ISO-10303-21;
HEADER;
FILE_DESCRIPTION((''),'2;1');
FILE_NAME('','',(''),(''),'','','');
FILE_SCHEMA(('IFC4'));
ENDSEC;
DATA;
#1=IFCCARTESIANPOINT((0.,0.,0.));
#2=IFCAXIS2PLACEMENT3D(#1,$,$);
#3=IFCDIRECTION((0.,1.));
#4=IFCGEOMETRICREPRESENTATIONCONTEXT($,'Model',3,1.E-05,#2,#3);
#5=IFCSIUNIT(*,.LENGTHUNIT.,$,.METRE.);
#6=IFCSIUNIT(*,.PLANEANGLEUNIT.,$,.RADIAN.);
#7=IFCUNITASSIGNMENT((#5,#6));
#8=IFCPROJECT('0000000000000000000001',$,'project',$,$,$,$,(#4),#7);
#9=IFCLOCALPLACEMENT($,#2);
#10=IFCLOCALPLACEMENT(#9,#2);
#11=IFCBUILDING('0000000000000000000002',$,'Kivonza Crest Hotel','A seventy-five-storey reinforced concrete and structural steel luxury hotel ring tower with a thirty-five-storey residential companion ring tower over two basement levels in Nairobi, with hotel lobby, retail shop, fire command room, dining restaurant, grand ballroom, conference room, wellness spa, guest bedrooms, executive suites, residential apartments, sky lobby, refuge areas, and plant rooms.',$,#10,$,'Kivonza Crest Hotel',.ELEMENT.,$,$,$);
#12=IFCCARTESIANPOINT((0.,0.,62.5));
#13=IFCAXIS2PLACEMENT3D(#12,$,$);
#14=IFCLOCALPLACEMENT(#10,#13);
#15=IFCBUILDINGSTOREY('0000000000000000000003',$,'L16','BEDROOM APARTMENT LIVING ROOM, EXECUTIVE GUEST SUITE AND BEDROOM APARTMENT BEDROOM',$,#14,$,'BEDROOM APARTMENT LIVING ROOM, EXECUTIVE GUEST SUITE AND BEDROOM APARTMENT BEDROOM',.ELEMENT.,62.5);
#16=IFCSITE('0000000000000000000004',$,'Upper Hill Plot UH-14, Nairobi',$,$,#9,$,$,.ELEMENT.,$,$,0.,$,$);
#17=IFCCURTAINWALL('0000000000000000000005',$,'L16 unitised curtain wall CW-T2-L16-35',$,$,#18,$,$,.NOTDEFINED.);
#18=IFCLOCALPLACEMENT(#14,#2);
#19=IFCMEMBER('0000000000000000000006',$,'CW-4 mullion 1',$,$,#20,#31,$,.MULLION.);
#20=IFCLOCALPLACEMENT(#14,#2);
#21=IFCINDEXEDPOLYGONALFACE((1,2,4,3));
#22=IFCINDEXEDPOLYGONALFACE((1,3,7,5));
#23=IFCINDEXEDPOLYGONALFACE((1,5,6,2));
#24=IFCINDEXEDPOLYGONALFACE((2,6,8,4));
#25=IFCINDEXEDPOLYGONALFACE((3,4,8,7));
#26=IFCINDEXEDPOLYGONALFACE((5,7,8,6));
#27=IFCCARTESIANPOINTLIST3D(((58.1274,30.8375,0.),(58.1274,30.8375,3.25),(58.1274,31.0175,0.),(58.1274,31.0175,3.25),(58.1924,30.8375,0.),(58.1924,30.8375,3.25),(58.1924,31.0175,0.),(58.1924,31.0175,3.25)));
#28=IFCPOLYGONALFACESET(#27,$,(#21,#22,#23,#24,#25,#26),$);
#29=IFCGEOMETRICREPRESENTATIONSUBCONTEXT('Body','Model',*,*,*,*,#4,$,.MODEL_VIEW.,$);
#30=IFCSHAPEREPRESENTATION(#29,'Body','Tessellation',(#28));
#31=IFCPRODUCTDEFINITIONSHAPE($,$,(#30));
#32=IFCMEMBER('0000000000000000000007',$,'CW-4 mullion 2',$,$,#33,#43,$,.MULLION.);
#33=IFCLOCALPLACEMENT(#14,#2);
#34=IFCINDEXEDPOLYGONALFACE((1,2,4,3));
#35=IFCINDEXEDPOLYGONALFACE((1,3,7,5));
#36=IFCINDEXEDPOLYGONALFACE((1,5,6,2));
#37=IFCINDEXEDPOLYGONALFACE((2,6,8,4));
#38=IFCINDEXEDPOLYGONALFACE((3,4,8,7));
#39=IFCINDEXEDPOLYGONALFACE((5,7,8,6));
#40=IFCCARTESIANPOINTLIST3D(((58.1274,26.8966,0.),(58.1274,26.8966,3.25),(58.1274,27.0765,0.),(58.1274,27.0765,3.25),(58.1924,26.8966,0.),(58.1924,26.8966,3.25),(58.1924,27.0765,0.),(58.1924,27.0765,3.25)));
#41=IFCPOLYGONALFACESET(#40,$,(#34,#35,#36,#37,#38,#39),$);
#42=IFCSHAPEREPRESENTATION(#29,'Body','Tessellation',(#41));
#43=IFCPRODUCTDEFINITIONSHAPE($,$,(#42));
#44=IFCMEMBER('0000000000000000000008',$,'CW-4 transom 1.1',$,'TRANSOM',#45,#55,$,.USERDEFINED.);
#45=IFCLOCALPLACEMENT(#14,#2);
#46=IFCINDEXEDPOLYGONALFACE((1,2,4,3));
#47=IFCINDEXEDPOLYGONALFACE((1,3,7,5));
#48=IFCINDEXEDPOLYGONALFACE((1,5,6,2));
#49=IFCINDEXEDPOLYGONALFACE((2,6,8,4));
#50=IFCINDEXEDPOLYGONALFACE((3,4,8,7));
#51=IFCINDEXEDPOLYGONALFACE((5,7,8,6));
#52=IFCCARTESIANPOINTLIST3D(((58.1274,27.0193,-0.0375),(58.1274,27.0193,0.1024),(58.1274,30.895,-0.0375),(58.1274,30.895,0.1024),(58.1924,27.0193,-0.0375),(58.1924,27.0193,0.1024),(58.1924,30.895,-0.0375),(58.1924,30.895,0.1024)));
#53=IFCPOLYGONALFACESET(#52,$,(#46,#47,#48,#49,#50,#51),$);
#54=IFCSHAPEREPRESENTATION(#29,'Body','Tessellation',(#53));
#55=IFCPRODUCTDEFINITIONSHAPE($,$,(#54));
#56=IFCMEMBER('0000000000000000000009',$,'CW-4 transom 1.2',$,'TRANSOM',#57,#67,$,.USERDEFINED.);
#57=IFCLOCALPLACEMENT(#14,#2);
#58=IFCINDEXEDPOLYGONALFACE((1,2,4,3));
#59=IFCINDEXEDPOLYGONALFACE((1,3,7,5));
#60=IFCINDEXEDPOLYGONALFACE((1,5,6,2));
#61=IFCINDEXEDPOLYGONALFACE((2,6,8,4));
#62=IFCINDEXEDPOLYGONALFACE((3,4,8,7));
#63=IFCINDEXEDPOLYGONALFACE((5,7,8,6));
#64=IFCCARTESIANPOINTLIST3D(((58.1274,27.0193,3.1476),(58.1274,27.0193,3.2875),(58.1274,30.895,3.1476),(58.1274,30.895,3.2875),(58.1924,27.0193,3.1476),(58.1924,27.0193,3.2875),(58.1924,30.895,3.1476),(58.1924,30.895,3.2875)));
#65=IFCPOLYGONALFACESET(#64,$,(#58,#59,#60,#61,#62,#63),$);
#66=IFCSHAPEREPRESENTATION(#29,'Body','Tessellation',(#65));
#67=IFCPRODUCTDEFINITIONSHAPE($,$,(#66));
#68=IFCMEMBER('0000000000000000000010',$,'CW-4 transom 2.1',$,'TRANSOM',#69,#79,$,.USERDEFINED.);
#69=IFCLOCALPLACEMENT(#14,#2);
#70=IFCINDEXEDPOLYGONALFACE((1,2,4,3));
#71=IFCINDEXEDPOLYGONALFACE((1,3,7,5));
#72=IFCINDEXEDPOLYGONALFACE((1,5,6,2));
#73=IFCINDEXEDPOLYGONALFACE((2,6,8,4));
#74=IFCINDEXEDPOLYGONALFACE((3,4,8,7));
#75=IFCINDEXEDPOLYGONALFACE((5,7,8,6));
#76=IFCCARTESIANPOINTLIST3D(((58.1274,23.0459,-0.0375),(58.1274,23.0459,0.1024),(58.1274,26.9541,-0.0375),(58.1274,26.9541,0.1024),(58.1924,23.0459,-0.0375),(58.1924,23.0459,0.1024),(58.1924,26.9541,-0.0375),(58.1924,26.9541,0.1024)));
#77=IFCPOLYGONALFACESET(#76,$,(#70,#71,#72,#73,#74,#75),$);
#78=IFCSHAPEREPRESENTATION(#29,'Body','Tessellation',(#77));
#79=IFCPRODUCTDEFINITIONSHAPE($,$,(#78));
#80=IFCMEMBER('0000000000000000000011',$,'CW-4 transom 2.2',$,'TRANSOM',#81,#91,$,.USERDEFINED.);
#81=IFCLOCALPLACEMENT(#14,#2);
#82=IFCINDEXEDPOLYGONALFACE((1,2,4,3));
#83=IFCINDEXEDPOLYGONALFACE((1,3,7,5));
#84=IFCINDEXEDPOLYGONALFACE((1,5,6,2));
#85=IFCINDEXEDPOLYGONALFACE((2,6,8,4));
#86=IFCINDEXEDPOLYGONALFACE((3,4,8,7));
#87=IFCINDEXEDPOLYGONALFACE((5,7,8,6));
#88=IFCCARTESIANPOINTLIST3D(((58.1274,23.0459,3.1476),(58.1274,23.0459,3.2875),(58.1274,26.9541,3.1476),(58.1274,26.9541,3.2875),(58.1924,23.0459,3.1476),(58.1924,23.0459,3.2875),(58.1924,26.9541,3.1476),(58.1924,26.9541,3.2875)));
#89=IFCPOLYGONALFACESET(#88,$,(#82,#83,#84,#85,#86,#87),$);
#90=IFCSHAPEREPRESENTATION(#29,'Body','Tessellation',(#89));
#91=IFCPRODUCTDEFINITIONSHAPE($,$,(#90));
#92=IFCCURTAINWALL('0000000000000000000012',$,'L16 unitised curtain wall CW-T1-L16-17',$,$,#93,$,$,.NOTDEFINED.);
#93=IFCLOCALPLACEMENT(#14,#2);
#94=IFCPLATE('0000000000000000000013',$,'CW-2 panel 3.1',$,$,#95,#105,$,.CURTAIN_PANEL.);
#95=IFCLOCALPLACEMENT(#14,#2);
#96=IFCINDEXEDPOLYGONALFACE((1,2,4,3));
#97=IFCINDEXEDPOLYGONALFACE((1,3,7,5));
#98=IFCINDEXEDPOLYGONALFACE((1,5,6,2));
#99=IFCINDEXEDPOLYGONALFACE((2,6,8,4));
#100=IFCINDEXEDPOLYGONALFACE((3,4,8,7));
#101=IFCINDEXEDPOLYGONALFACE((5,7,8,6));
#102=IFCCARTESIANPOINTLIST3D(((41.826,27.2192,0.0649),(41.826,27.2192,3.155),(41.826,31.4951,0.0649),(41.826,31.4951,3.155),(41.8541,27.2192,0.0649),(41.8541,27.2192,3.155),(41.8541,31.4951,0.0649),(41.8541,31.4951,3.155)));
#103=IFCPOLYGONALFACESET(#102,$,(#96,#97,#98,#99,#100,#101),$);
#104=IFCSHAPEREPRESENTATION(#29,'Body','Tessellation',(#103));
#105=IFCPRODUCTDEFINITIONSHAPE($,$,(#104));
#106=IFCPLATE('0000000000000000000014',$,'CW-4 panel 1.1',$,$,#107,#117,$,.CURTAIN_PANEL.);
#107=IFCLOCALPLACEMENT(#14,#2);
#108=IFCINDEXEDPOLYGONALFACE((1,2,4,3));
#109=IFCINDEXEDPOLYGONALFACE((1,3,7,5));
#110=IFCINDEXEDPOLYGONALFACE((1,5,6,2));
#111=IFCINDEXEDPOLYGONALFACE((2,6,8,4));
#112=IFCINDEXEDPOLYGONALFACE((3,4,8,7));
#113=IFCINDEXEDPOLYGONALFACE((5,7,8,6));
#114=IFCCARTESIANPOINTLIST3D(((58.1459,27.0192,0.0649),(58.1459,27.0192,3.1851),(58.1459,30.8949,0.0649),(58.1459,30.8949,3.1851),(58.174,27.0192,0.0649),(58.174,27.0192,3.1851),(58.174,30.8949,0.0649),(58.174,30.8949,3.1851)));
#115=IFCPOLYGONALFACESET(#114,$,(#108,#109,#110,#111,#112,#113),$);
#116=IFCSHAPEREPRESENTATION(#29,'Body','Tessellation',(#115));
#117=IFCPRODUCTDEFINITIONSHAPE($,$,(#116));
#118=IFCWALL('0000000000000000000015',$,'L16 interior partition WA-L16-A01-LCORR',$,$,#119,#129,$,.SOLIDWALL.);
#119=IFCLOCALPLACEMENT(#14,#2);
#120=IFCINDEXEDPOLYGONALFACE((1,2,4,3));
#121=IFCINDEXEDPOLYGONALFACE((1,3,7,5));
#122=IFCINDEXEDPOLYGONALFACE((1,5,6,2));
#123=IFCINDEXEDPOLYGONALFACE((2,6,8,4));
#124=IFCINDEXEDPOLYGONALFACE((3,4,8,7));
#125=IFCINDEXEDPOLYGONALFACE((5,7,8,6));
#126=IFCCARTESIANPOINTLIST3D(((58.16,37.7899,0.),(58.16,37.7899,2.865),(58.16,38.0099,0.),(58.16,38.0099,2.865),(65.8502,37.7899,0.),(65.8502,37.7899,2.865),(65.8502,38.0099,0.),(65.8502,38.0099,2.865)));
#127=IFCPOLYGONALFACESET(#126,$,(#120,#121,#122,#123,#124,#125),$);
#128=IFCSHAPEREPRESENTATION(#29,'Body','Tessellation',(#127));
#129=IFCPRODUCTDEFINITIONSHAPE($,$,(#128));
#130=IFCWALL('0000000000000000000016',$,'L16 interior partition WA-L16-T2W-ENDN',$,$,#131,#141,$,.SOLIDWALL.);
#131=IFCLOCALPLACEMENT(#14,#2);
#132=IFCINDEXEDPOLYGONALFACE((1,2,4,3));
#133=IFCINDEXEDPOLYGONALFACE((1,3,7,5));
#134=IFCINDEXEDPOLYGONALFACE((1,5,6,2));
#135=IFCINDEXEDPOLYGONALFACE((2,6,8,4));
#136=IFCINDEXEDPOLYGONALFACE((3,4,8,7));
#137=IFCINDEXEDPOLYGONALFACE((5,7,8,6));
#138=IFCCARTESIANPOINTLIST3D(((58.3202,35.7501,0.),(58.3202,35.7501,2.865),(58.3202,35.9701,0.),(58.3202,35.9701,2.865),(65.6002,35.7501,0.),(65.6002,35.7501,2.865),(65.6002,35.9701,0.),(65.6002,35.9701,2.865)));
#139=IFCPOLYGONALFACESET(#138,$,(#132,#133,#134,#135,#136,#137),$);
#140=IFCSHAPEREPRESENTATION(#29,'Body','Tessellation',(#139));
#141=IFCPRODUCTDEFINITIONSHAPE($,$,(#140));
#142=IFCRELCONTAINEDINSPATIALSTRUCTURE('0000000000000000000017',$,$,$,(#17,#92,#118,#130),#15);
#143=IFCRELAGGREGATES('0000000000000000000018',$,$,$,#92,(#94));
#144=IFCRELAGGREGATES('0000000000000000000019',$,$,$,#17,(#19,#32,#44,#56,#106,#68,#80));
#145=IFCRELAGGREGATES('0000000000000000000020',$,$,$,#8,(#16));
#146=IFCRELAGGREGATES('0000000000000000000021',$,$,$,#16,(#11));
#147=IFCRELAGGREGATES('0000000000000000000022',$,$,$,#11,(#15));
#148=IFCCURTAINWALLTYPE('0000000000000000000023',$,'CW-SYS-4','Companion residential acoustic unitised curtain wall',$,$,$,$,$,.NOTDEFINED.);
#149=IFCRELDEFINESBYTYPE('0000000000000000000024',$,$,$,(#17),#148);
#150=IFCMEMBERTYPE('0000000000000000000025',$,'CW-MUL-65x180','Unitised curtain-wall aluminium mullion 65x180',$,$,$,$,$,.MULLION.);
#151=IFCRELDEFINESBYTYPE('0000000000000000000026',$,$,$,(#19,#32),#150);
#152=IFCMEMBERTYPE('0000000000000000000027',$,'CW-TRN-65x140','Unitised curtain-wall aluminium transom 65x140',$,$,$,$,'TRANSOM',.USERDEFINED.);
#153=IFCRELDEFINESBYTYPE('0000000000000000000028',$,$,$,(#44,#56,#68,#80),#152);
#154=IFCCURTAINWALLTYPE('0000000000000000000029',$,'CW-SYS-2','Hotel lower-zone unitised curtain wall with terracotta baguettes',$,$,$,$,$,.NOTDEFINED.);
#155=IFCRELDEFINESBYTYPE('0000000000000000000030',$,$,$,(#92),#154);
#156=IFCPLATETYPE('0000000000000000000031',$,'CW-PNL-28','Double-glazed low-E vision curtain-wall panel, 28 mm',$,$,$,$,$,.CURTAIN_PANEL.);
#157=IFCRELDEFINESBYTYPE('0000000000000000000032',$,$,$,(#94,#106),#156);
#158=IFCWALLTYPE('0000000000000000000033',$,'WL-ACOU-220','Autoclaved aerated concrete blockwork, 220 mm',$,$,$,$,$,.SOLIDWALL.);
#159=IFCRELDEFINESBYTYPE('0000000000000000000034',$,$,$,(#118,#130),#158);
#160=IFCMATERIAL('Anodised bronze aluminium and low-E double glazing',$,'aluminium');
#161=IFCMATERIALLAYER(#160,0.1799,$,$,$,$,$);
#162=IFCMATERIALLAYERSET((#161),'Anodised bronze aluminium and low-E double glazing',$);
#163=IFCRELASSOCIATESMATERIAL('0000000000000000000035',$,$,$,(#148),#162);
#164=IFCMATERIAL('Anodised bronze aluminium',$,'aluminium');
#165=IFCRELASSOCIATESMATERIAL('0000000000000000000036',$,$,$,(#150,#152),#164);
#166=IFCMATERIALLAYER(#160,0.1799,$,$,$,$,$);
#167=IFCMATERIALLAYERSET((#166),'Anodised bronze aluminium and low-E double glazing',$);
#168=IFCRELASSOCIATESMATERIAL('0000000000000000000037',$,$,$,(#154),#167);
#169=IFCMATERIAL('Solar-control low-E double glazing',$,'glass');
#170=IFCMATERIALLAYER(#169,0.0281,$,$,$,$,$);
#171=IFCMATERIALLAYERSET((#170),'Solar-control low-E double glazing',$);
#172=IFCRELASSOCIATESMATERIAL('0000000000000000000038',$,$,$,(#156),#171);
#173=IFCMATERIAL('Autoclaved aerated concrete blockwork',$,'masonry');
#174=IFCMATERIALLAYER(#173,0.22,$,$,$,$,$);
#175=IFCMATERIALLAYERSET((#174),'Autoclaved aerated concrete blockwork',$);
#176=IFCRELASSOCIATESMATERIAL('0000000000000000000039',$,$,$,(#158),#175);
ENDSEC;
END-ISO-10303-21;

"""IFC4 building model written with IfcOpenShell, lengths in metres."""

from ifc_helpers import new_model, si_unit, direction, frame, frame_2d, origin, origin_2d, place, context, subcontext, project, spatial, rectangle, extrude, material, layer, layer_set, material_profile, profile_set, type_object, element, aggregate, save


model = new_model("IFC4")

# Units and contexts
model_context = context("Model", 3, precision=1e-05, world=origin(), true_north=direction((0.0, 1.0)))
body_context = subcontext(model_context, "Body", "Model", "MODEL_VIEW")
ifc_project = project(units=[si_unit("LENGTHUNIT", "METRE"), si_unit("PLANEANGLEUNIT", "RADIAN")], contexts=[model_context])

# Site, building, storey
site_placement = place(None, origin())
site = spatial("IfcSite", under=ifc_project, at=site_placement, Name="Upper Hill Plot UH-14, Nairobi", CompositionType="ELEMENT", RefElevation=0.0)
building_placement = place(site_placement, origin())
building = spatial("IfcBuilding", under=site, at=building_placement, Name="Kivonza Crest Hotel", Description="A seventy-five-storey reinforced concrete and structural steel luxury hotel ring tower with a thirty-five-storey residential companion ring tower over two basement levels in Nairobi, with hotel lobby, retail shop, fire command room, dining restaurant, grand ballroom, conference room, wellness spa, guest bedrooms, executive suites, residential apartments, sky lobby, refuge areas, and plant rooms.", LongName="Kivonza Crest Hotel", CompositionType="ELEMENT")
storey_placement = place(building_placement, frame((0.0, 0.0, 62.5)))
storey = spatial("IfcBuildingStorey", under=building, at=storey_placement, Name="L16", Description="BEDROOM APARTMENT LIVING ROOM, EXECUTIVE GUEST SUITE AND BEDROOM APARTMENT BEDROOM", LongName="BEDROOM APARTMENT LIVING ROOM, EXECUTIVE GUEST SUITE AND BEDROOM APARTMENT BEDROOM", CompositionType="ELEMENT", Elevation=62.5)

# Curtain wall, members
ifc_material_1 = material(Name="Anodised bronze aluminium and low-E double glazing", Category="aluminium")
ifc_layer_1 = layer(ifc_material_1, 0.1799)
ifc_layer_set_1 = layer_set([ifc_layer_1], Name="Anodised bronze aluminium and low-E double glazing")
curtain_wall_type_1 = type_object("IfcCurtainWallType", Name="CW-SYS-4", Description="Companion residential acoustic unitised curtain wall", PredefinedType="NOTDEFINED", material=ifc_layer_set_1)
curtain_wall_1_placement = place(storey_placement, origin())
curtain_wall_1 = element("IfcCurtainWall", 1, at=curtain_wall_1_placement, inside=storey, type_object=curtain_wall_type_1, Name="L16 unitised curtain wall CW-T2-L16-35", PredefinedType="NOTDEFINED")
ifc_material_2 = material(Name="Anodised bronze aluminium", Category="aluminium")
ifc_material_profile_1 = material_profile(ifc_material_2, rectangle(XDim=0.0649, YDim=0.1799, at=origin_2d()), Name="CW-M 65x180")
ifc_profile_set_1 = profile_set([ifc_material_profile_1], Name="Anodised bronze aluminium")
member_type_1 = type_object("IfcMemberType", Name="CW-MUL-65x180", Description="Unitised curtain-wall aluminium mullion 65x180", PredefinedType="MULLION", material=ifc_profile_set_1)
member_1_placement = place(storey_placement, frame((58.1599, 30.9275, 0.0), z_axis=(0.0, 0.0, 1.0), x_axis=(1.0, 0.0, 0.0)))
member_1 = element("IfcMember", 2, at=member_1_placement, type_object=member_type_1, Name="CW-4 mullion 1", PredefinedType="MULLION", context=body_context, shape_type="SweptSolid", body=[
    extrude(rectangle(XDim=0.0649, YDim=0.1799, at=origin_2d()), origin(), (0.0, 0.0, 1.0), 3.25),
])
member_2_placement = place(storey_placement, frame((58.1599, 26.9866, 0.0), z_axis=(0.0, 0.0, 1.0), x_axis=(1.0, 0.0, 0.0)))
member_2 = element("IfcMember", 3, at=member_2_placement, type_object=member_type_1, Name="CW-4 mullion 2", PredefinedType="MULLION", context=body_context, shape_type="SweptSolid", body=[
    extrude(rectangle(XDim=0.0649, YDim=0.1799, at=origin_2d()), origin(), (0.0, 0.0, 1.0), 3.25),
])
ifc_material_profile_2 = material_profile(ifc_material_2, rectangle(XDim=0.0649, YDim=0.1399, at=origin_2d()), Name="CW-T 65x140")
ifc_profile_set_2 = profile_set([ifc_material_profile_2], Name="Anodised bronze aluminium")
member_type_2 = type_object("IfcMemberType", Name="CW-TRN-65x140", Description="Unitised curtain-wall aluminium transom 65x140", ElementType="TRANSOM", PredefinedType="USERDEFINED", material=ifc_profile_set_2)
member_3_placement = place(storey_placement, frame((58.1599, 30.895, 0.0325), z_axis=(0.0, -1.0, 0.0), x_axis=(1.0, 0.0, 0.0)))
member_3 = element("IfcMember", 4, at=member_3_placement, type_object=member_type_2, Name="CW-4 transom 1.1", ObjectType="TRANSOM", PredefinedType="USERDEFINED", context=body_context, shape_type="SweptSolid", body=[
    extrude(rectangle(XDim=0.0649, YDim=0.1399, at=origin_2d()), origin(), (0.0, 0.0, 1.0), 3.8757),
])
member_4_placement = place(storey_placement, frame((58.1599, 30.895, 3.2175), z_axis=(0.0, -1.0, 0.0), x_axis=(1.0, 0.0, 0.0)))
member_4 = element("IfcMember", 5, at=member_4_placement, type_object=member_type_2, Name="CW-4 transom 1.2", ObjectType="TRANSOM", PredefinedType="USERDEFINED", context=body_context, shape_type="SweptSolid", body=[
    extrude(rectangle(XDim=0.0649, YDim=0.1399, at=origin_2d()), origin(), (0.0, 0.0, 1.0), 3.8757),
])
member_5_placement = place(storey_placement, frame((58.1599, 26.9541, 0.0325), z_axis=(0.0, -1.0, 0.0), x_axis=(1.0, 0.0, 0.0)))
member_5 = element("IfcMember", 6, at=member_5_placement, type_object=member_type_2, Name="CW-4 transom 2.1", ObjectType="TRANSOM", PredefinedType="USERDEFINED", context=body_context, shape_type="SweptSolid", body=[
    extrude(rectangle(XDim=0.0649, YDim=0.1399, at=origin_2d()), origin(), (0.0, 0.0, 1.0), 3.9082),
])
member_6_placement = place(storey_placement, frame((58.1599, 26.9541, 3.2175), z_axis=(0.0, -1.0, 0.0), x_axis=(1.0, 0.0, 0.0)))
member_6 = element("IfcMember", 7, at=member_6_placement, type_object=member_type_2, Name="CW-4 transom 2.2", ObjectType="TRANSOM", PredefinedType="USERDEFINED", context=body_context, shape_type="SweptSolid", body=[
    extrude(rectangle(XDim=0.0649, YDim=0.1399, at=origin_2d()), origin(), (0.0, 0.0, 1.0), 3.9082),
])

# Curtain wall, plate
ifc_layer_2 = layer(ifc_material_1, 0.1799)
ifc_layer_set_2 = layer_set([ifc_layer_2], Name="Anodised bronze aluminium and low-E double glazing")
curtain_wall_type_2 = type_object("IfcCurtainWallType", Name="CW-SYS-2", Description="Hotel lower-zone unitised curtain wall with terracotta baguettes", PredefinedType="NOTDEFINED", material=ifc_layer_set_2)
curtain_wall_2_placement = place(storey_placement, origin())
curtain_wall_2 = element("IfcCurtainWall", 8, at=curtain_wall_2_placement, inside=storey, type_object=curtain_wall_type_2, Name="L16 unitised curtain wall CW-T1-L16-17", PredefinedType="NOTDEFINED")
ifc_material_3 = material(Name="Solar-control low-E double glazing", Category="glass")
ifc_layer_3 = layer(ifc_material_3, 0.0281)
ifc_layer_set_3 = layer_set([ifc_layer_3], Name="Solar-control low-E double glazing")
plate_type = type_object("IfcPlateType", Name="CW-PNL-28", Description="Double-glazed low-E vision curtain-wall panel, 28 mm", PredefinedType="CURTAIN_PANEL", material=ifc_layer_set_3)
plate_1_placement = place(storey_placement, frame((41.8401, 29.3572, 0.0649), z_axis=(0.0, 0.0, 1.0), x_axis=(0.0, 1.0, 0.0)))
plate_1 = element("IfcPlate", 9, at=plate_1_placement, type_object=plate_type, Name="CW-2 panel 3.1", PredefinedType="CURTAIN_PANEL", context=body_context, shape_type="SweptSolid", body=[
    extrude(rectangle(XDim=4.2759, YDim=0.0281, at=origin_2d()), origin(), (0.0, 0.0, 1.0), 3.0901),
])
aggregate(curtain_wall_2, [plate_1])

# Plate
plate_2_placement = place(storey_placement, frame((58.1599, 28.957, 0.0649), z_axis=(0.0, 0.0, 1.0), x_axis=(0.0, -1.0, 0.0)))
plate_2 = element("IfcPlate", 10, at=plate_2_placement, type_object=plate_type, Name="CW-4 panel 1.1", PredefinedType="CURTAIN_PANEL", context=body_context, shape_type="SweptSolid", body=[
    extrude(rectangle(XDim=3.8757, YDim=0.0281, at=origin_2d()), origin(), (0.0, 0.0, 1.0), 3.1201),
])
aggregate(curtain_wall_1, [member_1, member_2, member_3, member_4, plate_2, member_5, member_6])

# Walls
ifc_material_4 = material(Name="Autoclaved aerated concrete blockwork", Category="masonry")
ifc_layer_4 = layer(ifc_material_4, 0.22)
ifc_layer_set_4 = layer_set([ifc_layer_4], Name="Autoclaved aerated concrete blockwork")
wall_type_1 = type_object("IfcWallType", Name="WL-ACOU-220", Description="Autoclaved aerated concrete blockwork, 220 mm", PredefinedType="SOLIDWALL", material=ifc_layer_set_4)
wall_1_placement = place(storey_placement, frame((58.1599, 37.8999, 0.0), z_axis=(0.0, 0.0, 1.0), x_axis=(1.0, 0.0, 0.0)))
element("IfcWall", 11, at=wall_1_placement, inside=storey, type_object=wall_type_1, Name="L16 interior partition WA-L16-A01-LCORR", PredefinedType="SOLIDWALL", context=body_context, shape_type="SweptSolid", body=[
    extrude(rectangle(XDim=7.6902, YDim=0.22, at=frame_2d((3.8452, 0.0))), origin(), (0.0, 0.0, 1.0), 2.865),
])
wall_2_placement = place(storey_placement, frame((58.3201, 35.8601, 0.0), z_axis=(0.0, 0.0, 1.0), x_axis=(1.0, 0.0, 0.0)))
element("IfcWall", 12, at=wall_2_placement, inside=storey, type_object=wall_type_1, Name="L16 interior partition WA-L16-T2W-ENDN", PredefinedType="SOLIDWALL", context=body_context, shape_type="SweptSolid", body=[
    extrude(rectangle(XDim=7.28, YDim=0.22, at=frame_2d((3.6401, 0.0))), origin(), (0.0, 0.0, 1.0), 2.865),
])

save(model, "model.ifc")
